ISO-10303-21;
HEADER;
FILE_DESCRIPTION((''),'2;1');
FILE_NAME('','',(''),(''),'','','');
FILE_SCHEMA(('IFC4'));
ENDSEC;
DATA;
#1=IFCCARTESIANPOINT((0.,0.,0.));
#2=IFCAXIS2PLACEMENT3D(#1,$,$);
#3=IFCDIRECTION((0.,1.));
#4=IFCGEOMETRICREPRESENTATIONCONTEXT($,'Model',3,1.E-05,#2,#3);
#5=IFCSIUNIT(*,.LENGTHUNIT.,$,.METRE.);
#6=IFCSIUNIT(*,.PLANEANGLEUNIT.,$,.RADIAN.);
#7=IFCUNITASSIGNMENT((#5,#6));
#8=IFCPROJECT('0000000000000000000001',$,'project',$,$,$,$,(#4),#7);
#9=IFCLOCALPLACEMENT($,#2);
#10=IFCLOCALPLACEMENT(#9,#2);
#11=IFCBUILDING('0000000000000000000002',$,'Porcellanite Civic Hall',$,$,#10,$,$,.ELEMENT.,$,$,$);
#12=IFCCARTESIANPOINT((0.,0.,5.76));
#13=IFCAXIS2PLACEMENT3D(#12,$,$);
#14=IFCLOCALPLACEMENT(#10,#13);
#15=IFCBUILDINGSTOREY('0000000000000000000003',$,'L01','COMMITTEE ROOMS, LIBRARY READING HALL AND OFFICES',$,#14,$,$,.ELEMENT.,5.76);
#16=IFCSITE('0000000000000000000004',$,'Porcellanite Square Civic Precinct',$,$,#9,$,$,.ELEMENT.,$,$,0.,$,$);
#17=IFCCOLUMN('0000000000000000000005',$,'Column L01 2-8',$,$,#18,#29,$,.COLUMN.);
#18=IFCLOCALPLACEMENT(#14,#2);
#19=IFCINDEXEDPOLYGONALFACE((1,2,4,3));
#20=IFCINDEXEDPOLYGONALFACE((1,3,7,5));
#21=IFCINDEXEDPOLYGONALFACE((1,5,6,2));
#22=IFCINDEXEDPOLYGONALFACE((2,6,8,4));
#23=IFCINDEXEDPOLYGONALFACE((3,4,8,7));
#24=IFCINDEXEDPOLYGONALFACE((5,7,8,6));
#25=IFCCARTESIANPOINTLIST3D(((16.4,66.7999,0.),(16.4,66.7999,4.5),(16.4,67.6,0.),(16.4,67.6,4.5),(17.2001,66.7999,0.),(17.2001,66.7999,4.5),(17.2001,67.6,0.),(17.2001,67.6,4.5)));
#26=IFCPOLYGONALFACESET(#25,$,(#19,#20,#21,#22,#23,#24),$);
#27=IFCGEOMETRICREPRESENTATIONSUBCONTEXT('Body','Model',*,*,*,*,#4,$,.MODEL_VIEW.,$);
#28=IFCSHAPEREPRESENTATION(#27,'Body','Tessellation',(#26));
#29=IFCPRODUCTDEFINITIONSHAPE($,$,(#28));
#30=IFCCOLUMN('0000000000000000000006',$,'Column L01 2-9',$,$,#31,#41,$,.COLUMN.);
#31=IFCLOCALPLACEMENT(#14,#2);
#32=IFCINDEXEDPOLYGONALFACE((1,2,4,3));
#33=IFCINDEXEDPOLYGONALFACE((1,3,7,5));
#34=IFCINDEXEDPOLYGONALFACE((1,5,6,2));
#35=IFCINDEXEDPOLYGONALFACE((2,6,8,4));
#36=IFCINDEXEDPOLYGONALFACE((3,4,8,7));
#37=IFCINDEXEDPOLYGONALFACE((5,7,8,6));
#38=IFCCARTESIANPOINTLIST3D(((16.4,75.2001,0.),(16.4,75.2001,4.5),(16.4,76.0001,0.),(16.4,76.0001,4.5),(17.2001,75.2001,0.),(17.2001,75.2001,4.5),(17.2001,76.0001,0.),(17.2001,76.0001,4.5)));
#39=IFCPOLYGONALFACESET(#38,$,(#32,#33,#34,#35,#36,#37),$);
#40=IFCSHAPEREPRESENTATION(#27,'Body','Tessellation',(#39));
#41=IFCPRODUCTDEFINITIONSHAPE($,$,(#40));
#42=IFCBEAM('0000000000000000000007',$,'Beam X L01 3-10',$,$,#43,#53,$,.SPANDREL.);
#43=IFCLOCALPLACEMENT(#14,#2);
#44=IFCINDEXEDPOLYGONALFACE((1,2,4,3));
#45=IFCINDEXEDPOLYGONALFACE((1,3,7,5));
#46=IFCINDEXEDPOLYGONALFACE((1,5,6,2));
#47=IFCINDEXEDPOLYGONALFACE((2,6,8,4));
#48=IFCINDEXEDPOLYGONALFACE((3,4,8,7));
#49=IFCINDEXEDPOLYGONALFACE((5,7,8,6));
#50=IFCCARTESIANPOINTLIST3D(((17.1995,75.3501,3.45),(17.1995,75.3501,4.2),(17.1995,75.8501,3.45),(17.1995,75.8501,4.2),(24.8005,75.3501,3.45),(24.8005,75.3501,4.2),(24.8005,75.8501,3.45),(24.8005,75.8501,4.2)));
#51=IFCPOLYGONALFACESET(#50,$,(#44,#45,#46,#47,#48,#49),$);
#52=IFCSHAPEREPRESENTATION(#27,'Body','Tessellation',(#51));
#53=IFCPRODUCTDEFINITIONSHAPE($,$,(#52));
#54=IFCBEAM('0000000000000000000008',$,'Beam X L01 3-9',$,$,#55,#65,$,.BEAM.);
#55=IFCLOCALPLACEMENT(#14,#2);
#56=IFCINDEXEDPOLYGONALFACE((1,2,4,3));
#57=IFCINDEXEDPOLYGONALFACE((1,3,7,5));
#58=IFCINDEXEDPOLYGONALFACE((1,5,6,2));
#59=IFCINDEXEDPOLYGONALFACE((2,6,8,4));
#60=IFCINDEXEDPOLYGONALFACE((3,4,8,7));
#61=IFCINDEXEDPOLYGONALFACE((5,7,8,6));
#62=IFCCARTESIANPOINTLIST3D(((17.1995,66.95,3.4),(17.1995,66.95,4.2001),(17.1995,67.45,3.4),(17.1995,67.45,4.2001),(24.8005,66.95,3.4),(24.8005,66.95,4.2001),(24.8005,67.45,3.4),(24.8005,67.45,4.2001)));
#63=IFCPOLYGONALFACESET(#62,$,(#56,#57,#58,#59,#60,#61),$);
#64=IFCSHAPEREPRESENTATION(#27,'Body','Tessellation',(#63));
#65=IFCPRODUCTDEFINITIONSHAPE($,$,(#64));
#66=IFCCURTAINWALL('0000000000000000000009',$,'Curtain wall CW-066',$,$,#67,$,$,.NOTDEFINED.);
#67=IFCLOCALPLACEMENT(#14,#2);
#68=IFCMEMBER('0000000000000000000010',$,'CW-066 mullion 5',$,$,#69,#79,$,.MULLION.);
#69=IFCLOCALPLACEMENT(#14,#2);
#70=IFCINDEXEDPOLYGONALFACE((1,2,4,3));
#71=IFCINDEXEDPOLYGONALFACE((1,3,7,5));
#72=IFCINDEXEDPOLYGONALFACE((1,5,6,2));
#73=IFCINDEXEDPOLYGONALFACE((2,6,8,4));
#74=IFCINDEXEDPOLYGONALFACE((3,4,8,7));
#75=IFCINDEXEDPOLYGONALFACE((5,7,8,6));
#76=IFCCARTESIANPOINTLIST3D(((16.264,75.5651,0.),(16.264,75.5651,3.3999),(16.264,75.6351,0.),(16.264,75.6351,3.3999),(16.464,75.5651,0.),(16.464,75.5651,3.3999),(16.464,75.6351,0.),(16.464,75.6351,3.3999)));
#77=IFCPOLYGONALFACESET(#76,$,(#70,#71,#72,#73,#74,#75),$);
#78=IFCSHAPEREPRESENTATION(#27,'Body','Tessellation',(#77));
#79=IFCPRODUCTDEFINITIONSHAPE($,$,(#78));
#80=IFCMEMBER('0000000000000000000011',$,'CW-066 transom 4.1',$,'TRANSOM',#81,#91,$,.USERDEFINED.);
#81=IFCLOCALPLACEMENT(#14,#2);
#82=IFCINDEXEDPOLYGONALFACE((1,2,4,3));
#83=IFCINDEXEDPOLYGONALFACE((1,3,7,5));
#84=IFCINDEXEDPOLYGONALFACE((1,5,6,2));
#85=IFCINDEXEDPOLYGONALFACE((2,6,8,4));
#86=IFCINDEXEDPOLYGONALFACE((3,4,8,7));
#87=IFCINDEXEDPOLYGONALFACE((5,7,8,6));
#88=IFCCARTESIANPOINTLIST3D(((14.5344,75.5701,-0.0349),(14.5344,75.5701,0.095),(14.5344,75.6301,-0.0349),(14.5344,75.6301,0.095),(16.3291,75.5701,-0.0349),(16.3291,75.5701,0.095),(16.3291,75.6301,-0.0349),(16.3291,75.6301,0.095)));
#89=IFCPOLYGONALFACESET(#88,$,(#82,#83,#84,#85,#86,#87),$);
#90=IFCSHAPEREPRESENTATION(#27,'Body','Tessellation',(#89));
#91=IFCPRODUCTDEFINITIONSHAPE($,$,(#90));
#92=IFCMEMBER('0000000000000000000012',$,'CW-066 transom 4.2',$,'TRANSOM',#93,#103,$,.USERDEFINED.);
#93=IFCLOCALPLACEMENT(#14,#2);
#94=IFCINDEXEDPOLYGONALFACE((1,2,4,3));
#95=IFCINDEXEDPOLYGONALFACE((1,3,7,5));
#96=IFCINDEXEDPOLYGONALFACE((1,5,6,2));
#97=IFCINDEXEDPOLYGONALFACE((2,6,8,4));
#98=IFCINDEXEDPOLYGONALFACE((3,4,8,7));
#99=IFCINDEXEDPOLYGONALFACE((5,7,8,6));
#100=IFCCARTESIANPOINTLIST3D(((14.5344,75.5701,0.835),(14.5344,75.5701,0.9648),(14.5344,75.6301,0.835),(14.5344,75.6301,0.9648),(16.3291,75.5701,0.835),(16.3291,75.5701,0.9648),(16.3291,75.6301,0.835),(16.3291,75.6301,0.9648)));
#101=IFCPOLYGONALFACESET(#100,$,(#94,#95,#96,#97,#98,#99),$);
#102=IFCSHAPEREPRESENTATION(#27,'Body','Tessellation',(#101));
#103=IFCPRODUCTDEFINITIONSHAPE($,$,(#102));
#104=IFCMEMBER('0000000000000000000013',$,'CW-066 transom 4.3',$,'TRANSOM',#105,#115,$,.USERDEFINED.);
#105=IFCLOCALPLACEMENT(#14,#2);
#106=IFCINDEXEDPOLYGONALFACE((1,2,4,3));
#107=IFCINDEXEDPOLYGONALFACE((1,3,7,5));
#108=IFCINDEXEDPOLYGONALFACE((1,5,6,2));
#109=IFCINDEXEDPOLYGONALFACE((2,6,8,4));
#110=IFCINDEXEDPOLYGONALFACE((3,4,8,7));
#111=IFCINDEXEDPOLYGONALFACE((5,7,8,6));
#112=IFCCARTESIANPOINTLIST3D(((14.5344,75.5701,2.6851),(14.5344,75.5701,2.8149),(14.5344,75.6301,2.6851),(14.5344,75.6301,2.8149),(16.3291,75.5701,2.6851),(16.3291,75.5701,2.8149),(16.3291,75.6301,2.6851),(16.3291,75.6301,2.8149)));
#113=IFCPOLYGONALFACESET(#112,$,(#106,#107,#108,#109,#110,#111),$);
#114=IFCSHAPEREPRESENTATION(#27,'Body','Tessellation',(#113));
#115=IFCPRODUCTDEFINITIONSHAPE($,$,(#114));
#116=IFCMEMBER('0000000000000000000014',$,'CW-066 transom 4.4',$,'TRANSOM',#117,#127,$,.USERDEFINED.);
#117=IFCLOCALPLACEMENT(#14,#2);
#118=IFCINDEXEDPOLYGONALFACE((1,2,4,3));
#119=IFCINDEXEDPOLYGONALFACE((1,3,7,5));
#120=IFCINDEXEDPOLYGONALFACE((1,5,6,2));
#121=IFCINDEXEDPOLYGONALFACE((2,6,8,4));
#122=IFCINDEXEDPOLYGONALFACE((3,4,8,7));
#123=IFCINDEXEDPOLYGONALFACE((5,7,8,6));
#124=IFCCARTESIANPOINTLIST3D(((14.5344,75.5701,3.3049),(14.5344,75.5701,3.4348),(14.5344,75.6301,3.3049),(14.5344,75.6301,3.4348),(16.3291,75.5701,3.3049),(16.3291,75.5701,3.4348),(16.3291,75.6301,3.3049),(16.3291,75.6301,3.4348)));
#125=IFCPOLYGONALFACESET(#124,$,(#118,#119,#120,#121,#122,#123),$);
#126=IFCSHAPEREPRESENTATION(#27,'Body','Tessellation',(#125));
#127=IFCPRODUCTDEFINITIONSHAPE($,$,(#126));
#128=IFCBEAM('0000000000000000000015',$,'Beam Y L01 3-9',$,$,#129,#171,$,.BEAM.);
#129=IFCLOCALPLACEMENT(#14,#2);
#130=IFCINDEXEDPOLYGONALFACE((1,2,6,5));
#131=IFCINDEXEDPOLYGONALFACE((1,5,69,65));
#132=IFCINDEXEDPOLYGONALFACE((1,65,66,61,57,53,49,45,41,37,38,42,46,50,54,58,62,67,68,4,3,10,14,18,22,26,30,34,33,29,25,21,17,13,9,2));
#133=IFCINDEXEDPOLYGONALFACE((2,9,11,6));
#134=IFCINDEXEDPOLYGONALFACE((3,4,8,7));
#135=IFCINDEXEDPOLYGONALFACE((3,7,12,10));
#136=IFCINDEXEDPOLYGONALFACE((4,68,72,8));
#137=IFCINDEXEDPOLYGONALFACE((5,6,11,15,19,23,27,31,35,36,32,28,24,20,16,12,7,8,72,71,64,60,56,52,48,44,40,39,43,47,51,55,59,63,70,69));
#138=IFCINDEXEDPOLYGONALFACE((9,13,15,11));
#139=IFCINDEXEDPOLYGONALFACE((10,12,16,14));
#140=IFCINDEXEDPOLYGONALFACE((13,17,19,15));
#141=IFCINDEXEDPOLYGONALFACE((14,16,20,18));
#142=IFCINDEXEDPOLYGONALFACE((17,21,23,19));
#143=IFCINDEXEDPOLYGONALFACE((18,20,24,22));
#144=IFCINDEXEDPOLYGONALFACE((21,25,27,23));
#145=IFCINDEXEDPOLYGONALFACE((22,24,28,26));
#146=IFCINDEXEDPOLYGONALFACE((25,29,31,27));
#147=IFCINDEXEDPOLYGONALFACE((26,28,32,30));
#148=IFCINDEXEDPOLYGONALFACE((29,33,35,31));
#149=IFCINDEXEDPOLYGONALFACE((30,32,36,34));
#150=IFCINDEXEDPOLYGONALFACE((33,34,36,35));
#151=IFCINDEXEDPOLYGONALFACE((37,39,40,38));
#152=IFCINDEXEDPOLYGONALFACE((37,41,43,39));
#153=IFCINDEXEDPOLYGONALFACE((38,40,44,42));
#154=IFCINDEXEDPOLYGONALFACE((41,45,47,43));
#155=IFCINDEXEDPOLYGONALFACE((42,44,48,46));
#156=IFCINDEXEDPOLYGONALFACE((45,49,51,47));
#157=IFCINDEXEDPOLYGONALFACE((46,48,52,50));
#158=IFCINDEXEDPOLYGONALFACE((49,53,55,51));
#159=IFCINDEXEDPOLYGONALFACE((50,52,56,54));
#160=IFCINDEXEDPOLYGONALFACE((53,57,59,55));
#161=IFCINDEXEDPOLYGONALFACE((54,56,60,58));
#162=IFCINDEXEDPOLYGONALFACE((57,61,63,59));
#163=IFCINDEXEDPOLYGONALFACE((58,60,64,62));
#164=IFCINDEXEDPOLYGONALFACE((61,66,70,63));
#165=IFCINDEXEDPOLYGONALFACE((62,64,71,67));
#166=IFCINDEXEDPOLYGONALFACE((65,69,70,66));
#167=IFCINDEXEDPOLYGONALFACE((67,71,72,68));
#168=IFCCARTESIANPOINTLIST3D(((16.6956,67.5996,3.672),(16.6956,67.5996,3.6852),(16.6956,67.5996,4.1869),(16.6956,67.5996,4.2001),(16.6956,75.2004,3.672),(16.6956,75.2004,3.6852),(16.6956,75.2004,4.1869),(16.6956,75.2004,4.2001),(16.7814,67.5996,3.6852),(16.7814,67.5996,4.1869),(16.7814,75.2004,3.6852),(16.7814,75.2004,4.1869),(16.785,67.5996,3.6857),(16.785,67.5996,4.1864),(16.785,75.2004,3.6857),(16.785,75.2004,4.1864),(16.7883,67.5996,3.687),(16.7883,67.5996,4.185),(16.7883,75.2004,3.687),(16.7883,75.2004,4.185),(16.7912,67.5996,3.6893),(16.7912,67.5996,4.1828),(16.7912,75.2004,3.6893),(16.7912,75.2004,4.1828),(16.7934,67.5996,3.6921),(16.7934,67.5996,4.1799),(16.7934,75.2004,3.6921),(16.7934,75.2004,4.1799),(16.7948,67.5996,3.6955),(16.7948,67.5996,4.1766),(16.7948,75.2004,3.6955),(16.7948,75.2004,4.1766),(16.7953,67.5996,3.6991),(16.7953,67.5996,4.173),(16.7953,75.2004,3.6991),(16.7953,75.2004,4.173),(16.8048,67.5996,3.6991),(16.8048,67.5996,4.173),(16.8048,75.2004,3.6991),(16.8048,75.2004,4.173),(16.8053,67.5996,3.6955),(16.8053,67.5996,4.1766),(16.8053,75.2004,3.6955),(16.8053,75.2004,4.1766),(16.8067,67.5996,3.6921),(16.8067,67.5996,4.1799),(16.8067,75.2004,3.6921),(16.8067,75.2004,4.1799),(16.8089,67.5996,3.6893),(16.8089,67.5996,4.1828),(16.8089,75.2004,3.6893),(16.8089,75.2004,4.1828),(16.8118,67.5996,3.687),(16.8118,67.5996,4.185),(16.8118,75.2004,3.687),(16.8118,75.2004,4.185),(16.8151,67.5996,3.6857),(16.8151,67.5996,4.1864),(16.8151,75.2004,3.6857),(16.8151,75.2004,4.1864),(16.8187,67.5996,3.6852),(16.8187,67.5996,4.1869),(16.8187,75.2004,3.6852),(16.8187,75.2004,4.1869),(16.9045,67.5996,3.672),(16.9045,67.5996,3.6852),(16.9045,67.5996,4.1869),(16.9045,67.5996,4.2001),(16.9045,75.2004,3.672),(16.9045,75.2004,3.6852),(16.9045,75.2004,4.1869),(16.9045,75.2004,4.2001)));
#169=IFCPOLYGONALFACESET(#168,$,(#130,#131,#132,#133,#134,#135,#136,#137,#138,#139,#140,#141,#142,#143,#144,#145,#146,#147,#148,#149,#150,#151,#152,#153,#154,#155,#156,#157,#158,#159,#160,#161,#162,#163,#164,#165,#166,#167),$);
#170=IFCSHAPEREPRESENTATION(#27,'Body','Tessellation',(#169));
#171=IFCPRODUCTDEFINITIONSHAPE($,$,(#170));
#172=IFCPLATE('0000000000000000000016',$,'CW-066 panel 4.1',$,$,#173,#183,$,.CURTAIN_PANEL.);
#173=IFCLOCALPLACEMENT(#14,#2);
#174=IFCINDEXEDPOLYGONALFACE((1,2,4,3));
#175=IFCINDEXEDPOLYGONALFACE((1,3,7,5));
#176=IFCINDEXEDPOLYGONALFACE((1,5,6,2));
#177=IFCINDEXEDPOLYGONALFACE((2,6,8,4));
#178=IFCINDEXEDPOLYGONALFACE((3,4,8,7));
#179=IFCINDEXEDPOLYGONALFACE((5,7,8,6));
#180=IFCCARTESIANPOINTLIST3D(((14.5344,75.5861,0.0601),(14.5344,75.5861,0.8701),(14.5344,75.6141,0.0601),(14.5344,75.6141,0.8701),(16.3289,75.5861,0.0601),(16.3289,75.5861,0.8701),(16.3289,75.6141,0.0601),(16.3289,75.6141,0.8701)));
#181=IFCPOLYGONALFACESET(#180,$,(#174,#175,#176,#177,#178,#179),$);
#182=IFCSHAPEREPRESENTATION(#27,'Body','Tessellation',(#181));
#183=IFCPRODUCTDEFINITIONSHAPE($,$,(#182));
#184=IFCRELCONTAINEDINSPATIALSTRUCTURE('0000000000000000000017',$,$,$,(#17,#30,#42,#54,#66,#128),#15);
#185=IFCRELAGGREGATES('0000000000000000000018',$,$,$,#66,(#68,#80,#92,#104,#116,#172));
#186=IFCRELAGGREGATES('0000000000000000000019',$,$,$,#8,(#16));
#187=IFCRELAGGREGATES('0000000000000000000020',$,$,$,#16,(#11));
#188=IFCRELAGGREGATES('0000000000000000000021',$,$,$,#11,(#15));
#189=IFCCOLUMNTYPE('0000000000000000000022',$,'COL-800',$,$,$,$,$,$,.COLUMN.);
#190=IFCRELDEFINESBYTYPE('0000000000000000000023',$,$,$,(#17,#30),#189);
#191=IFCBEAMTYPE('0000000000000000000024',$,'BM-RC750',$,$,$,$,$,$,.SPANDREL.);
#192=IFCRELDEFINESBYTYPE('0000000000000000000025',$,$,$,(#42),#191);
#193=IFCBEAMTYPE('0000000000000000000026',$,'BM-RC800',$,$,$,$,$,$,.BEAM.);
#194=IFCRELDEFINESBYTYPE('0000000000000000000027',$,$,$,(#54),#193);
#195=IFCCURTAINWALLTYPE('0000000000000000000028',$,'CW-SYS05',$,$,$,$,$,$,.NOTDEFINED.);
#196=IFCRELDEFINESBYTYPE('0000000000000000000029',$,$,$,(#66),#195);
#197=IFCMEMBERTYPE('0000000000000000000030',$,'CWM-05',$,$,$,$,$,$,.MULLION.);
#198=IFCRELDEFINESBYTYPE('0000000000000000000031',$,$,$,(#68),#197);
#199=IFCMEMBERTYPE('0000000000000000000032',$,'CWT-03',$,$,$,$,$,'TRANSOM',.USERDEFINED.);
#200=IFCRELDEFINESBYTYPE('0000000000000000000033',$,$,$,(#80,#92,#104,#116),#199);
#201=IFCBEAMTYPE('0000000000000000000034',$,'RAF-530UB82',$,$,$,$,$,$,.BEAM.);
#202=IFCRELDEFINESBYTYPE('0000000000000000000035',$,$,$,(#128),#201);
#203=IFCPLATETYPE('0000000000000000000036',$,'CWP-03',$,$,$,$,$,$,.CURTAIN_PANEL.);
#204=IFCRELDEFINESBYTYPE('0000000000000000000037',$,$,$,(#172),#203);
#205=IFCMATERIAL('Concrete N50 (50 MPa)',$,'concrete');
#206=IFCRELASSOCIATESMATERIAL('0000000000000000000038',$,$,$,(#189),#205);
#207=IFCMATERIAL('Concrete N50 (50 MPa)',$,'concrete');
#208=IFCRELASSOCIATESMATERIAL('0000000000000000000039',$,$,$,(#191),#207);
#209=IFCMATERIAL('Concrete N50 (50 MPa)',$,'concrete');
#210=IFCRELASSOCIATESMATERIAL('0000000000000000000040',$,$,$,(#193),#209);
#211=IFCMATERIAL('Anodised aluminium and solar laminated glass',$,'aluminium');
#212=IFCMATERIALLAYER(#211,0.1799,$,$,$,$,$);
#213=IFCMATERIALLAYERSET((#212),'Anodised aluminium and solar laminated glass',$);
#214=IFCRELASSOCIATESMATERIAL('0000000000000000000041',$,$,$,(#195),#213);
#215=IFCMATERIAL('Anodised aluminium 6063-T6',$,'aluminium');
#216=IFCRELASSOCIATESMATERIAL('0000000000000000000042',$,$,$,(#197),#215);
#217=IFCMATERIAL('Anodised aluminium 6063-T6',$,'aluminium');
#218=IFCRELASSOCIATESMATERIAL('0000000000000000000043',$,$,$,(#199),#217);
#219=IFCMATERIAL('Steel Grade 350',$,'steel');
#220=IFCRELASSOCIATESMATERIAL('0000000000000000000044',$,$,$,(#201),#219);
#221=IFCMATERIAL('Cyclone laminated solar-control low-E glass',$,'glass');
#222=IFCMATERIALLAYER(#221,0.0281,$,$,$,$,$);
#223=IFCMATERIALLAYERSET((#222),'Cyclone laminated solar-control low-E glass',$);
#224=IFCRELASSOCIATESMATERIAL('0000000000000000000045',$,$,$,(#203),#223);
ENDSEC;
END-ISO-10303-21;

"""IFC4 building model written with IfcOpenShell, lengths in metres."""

from ifc_helpers import new_model, si_unit, direction, frame, origin, origin_2d, place, context, subcontext, project, spatial, rectangle, i_section, extrude, material, layer, layer_set, material_profile, profile_set, type_object, element, aggregate, save


model = new_model("IFC4")

# Units and contexts
model_context = context("Model", 3, precision=1e-05, world=origin(), true_north=direction((0.0, 1.0)))
body_context = subcontext(model_context, "Body", "Model", "MODEL_VIEW")
ifc_project = project(units=[si_unit("LENGTHUNIT", "METRE"), si_unit("PLANEANGLEUNIT", "RADIAN")], contexts=[model_context])

# Site, building, storey
site_placement = place(None, origin())
site = spatial("IfcSite", under=ifc_project, at=site_placement, Name="Porcellanite Square Civic Precinct", CompositionType="ELEMENT", RefElevation=0.0)
building_placement = place(site_placement, origin())
building = spatial("IfcBuilding", under=site, at=building_placement, Name="Porcellanite Civic Hall", CompositionType="ELEMENT")
storey_placement = place(building_placement, frame((0.0, 0.0, 5.76)))
storey = spatial("IfcBuildingStorey", under=building, at=storey_placement, Name="L01", Description="COMMITTEE ROOMS, LIBRARY READING HALL AND OFFICES", CompositionType="ELEMENT", Elevation=5.76)

# Columns
ifc_material_1 = material(Name="Concrete N50 (50 MPa)", Category="concrete")
ifc_material_profile_1 = material_profile(ifc_material_1, rectangle(XDim=0.8, YDim=0.8, at=origin_2d()), Name="RC-800x800")
ifc_profile_set_1 = profile_set([ifc_material_profile_1], Name="Concrete N50 (50 MPa)")
column_type = type_object("IfcColumnType", Name="COL-800", PredefinedType="COLUMN", material=ifc_profile_set_1)
for number, where, z_axis, x_axis, name in (
    (1, (16.8, 67.2, 0.0), (0.0, 0.0, 1.0), (1.0, 0.0, 0.0), "Column L01 2-8"),
    (2, (16.8, 75.6001, 0.0), (0.0, 0.0, 1.0), (1.0, 0.0, 0.0), "Column L01 2-9"),
):
    element("IfcColumn", number, at=place(storey_placement, frame(where, z_axis=z_axis, x_axis=x_axis)), inside=storey, type_object=column_type, Name=name, PredefinedType="COLUMN", context=body_context, shape_type="SweptSolid", body=[
        extrude(rectangle(XDim=0.8, YDim=0.8, at=origin_2d()), origin(), (0.0, 0.0, 1.0), 4.5),
    ])

# Beams
ifc_material_2 = material(Name="Concrete N50 (50 MPa)", Category="concrete")
ifc_material_profile_2 = material_profile(ifc_material_2, rectangle(XDim=0.5, YDim=0.75, at=origin_2d()), Name="RC-500x750")
ifc_profile_set_2 = profile_set([ifc_material_profile_2], Name="Concrete N50 (50 MPa)")
beam_type_1 = type_object("IfcBeamType", Name="BM-RC750", PredefinedType="SPANDREL", material=ifc_profile_set_2)
beam_1_placement = place(storey_placement, frame((17.1995, 75.6001, 3.825), z_axis=(1.0, 0.0, 0.0), x_axis=(0.0, 1.0, 0.0)))
element("IfcBeam", 3, at=beam_1_placement, inside=storey, type_object=beam_type_1, Name="Beam X L01 3-10", PredefinedType="SPANDREL", context=body_context, shape_type="SweptSolid", body=[
    extrude(rectangle(XDim=0.5, YDim=0.75, at=origin_2d()), origin(), (0.0, 0.0, 1.0), 7.6011),
])
ifc_material_3 = material(Name="Concrete N50 (50 MPa)", Category="concrete")
ifc_material_profile_3 = material_profile(ifc_material_3, rectangle(XDim=0.5, YDim=0.8, at=origin_2d()), Name="RC-500x800")
ifc_profile_set_3 = profile_set([ifc_material_profile_3], Name="Concrete N50 (50 MPa)")
beam_type_2 = type_object("IfcBeamType", Name="BM-RC800", PredefinedType="BEAM", material=ifc_profile_set_3)
beam_2_placement = place(storey_placement, frame((17.1995, 67.2, 3.8), z_axis=(1.0, 0.0, 0.0), x_axis=(0.0, 1.0, 0.0)))
element("IfcBeam", 4, at=beam_2_placement, inside=storey, type_object=beam_type_2, Name="Beam X L01 3-9", PredefinedType="BEAM", context=body_context, shape_type="SweptSolid", body=[
    extrude(rectangle(XDim=0.5, YDim=0.8, at=origin_2d()), origin(), (0.0, 0.0, 1.0), 7.6011),
])

# Curtain wall, members
ifc_material_4 = material(Name="Anodised aluminium and solar laminated glass", Category="aluminium")
ifc_layer_1 = layer(ifc_material_4, 0.1799)
ifc_layer_set_1 = layer_set([ifc_layer_1], Name="Anodised aluminium and solar laminated glass")
curtain_wall_type = type_object("IfcCurtainWallType", Name="CW-SYS05", PredefinedType="NOTDEFINED", material=ifc_layer_set_1)
curtain_wall_placement = place(storey_placement, origin())
curtain_wall = element("IfcCurtainWall", 5, at=curtain_wall_placement, inside=storey, type_object=curtain_wall_type, Name="Curtain wall CW-066", PredefinedType="NOTDEFINED")
ifc_material_5 = material(Name="Anodised aluminium 6063-T6", Category="aluminium")
ifc_material_profile_4 = material_profile(ifc_material_5, rectangle(XDim=0.0701, YDim=0.2, at=origin_2d()), Name="AL-70x200")
ifc_profile_set_4 = profile_set([ifc_material_profile_4], Name="Anodised aluminium 6063-T6")
member_type_1 = type_object("IfcMemberType", Name="CWM-05", PredefinedType="MULLION", material=ifc_profile_set_4)
member_1_placement = place(storey_placement, frame((16.364, 75.6001, 0.0), z_axis=(0.0, 0.0, 1.0), x_axis=(0.0, 1.0, 0.0)))
member_1 = element("IfcMember", 6, at=member_1_placement, type_object=member_type_1, Name="CW-066 mullion 5", PredefinedType="MULLION", context=body_context, shape_type="SweptSolid", body=[
    extrude(rectangle(XDim=0.0701, YDim=0.2, at=origin_2d()), origin(), (0.0, 0.0, 1.0), 3.3999),
])
ifc_material_6 = material(Name="Anodised aluminium 6063-T6", Category="aluminium")
ifc_material_profile_5 = material_profile(ifc_material_6, rectangle(XDim=0.0601, YDim=0.1299, at=origin_2d()), Name="AL-60x130")
ifc_profile_set_5 = profile_set([ifc_material_profile_5], Name="Anodised aluminium 6063-T6")
member_type_2 = type_object("IfcMemberType", Name="CWT-03", ElementType="TRANSOM", PredefinedType="USERDEFINED", material=ifc_profile_set_5)
member_2_placement = place(storey_placement, frame((14.5344, 75.6001, 0.03), z_axis=(1.0, 0.0, 0.0), x_axis=(0.0, 1.0, 0.0)))
member_2 = element("IfcMember", 7, at=member_2_placement, type_object=member_type_2, Name="CW-066 transom 4.1", ObjectType="TRANSOM", PredefinedType="USERDEFINED", context=body_context, shape_type="SweptSolid", body=[
    extrude(rectangle(XDim=0.0601, YDim=0.1299, at=origin_2d()), origin(), (0.0, 0.0, 1.0), 1.7947),
])
member_3_placement = place(storey_placement, frame((14.5344, 75.6001, 0.8999), z_axis=(1.0, 0.0, 0.0), x_axis=(0.0, 1.0, 0.0)))
member_3 = element("IfcMember", 8, at=member_3_placement, type_object=member_type_2, Name="CW-066 transom 4.2", ObjectType="TRANSOM", PredefinedType="USERDEFINED", context=body_context, shape_type="SweptSolid", body=[
    extrude(rectangle(XDim=0.0601, YDim=0.1299, at=origin_2d()), origin(), (0.0, 0.0, 1.0), 1.7947),
])
member_4_placement = place(storey_placement, frame((14.5344, 75.6001, 2.75), z_axis=(1.0, 0.0, 0.0), x_axis=(0.0, 1.0, 0.0)))
member_4 = element("IfcMember", 9, at=member_4_placement, type_object=member_type_2, Name="CW-066 transom 4.3", ObjectType="TRANSOM", PredefinedType="USERDEFINED", context=body_context, shape_type="SweptSolid", body=[
    extrude(rectangle(XDim=0.0601, YDim=0.1299, at=origin_2d()), origin(), (0.0, 0.0, 1.0), 1.7947),
])
member_5_placement = place(storey_placement, frame((14.5344, 75.6001, 3.3699), z_axis=(1.0, 0.0, 0.0), x_axis=(0.0, 1.0, 0.0)))
member_5 = element("IfcMember", 10, at=member_5_placement, type_object=member_type_2, Name="CW-066 transom 4.4", ObjectType="TRANSOM", PredefinedType="USERDEFINED", context=body_context, shape_type="SweptSolid", body=[
    extrude(rectangle(XDim=0.0601, YDim=0.1299, at=origin_2d()), origin(), (0.0, 0.0, 1.0), 1.7947),
])

# Beam
ifc_material_7 = material(Name="Steel Grade 350", Category="steel")
ifc_material_profile_6 = material_profile(ifc_material_7, i_section(OverallWidth=0.209, OverallDepth=0.5281, WebThickness=0.0095, FlangeThickness=0.0132, FilletRadius=0.0139, at=origin_2d()), Name="530UB82.0")
ifc_profile_set_6 = profile_set([ifc_material_profile_6], Name="Steel Grade 350")
beam_type_3 = type_object("IfcBeamType", Name="RAF-530UB82", PredefinedType="BEAM", material=ifc_profile_set_6)
beam_3_placement = place(storey_placement, frame((16.8, 67.5996, 3.936), z_axis=(0.0, 1.0, 0.0), x_axis=(-1.0, 0.0, 0.0)))
element("IfcBeam", 11, at=beam_3_placement, inside=storey, type_object=beam_type_3, Name="Beam Y L01 3-9", PredefinedType="BEAM", context=body_context, shape_type="SweptSolid", body=[
    extrude(i_section(OverallWidth=0.209, OverallDepth=0.5281, WebThickness=0.0095, FlangeThickness=0.0132, FilletRadius=0.0139, at=origin_2d()), origin(), (0.0, 0.0, 1.0), 7.6008),
])

# Plate
ifc_material_8 = material(Name="Cyclone laminated solar-control low-E glass", Category="glass")
ifc_layer_2 = layer(ifc_material_8, 0.0281)
ifc_layer_set_2 = layer_set([ifc_layer_2], Name="Cyclone laminated solar-control low-E glass")
plate_type = type_object("IfcPlateType", Name="CWP-03", PredefinedType="CURTAIN_PANEL", material=ifc_layer_set_2)
plate_1_placement = place(storey_placement, frame((15.4316, 75.6001, 0.0601), z_axis=(0.0, 0.0, 1.0), x_axis=(1.0, 0.0, 0.0)))
plate_1 = element("IfcPlate", 12, at=plate_1_placement, type_object=plate_type, Name="CW-066 panel 4.1", PredefinedType="CURTAIN_PANEL", context=body_context, shape_type="SweptSolid", body=[
    extrude(rectangle(XDim=1.7944, YDim=0.0281, at=origin_2d()), origin(), (0.0, 0.0, 1.0), 0.8101),
])
aggregate(curtain_wall, [member_1, member_2, member_3, member_4, member_5, plate_1])

save(model, "model.ifc")
